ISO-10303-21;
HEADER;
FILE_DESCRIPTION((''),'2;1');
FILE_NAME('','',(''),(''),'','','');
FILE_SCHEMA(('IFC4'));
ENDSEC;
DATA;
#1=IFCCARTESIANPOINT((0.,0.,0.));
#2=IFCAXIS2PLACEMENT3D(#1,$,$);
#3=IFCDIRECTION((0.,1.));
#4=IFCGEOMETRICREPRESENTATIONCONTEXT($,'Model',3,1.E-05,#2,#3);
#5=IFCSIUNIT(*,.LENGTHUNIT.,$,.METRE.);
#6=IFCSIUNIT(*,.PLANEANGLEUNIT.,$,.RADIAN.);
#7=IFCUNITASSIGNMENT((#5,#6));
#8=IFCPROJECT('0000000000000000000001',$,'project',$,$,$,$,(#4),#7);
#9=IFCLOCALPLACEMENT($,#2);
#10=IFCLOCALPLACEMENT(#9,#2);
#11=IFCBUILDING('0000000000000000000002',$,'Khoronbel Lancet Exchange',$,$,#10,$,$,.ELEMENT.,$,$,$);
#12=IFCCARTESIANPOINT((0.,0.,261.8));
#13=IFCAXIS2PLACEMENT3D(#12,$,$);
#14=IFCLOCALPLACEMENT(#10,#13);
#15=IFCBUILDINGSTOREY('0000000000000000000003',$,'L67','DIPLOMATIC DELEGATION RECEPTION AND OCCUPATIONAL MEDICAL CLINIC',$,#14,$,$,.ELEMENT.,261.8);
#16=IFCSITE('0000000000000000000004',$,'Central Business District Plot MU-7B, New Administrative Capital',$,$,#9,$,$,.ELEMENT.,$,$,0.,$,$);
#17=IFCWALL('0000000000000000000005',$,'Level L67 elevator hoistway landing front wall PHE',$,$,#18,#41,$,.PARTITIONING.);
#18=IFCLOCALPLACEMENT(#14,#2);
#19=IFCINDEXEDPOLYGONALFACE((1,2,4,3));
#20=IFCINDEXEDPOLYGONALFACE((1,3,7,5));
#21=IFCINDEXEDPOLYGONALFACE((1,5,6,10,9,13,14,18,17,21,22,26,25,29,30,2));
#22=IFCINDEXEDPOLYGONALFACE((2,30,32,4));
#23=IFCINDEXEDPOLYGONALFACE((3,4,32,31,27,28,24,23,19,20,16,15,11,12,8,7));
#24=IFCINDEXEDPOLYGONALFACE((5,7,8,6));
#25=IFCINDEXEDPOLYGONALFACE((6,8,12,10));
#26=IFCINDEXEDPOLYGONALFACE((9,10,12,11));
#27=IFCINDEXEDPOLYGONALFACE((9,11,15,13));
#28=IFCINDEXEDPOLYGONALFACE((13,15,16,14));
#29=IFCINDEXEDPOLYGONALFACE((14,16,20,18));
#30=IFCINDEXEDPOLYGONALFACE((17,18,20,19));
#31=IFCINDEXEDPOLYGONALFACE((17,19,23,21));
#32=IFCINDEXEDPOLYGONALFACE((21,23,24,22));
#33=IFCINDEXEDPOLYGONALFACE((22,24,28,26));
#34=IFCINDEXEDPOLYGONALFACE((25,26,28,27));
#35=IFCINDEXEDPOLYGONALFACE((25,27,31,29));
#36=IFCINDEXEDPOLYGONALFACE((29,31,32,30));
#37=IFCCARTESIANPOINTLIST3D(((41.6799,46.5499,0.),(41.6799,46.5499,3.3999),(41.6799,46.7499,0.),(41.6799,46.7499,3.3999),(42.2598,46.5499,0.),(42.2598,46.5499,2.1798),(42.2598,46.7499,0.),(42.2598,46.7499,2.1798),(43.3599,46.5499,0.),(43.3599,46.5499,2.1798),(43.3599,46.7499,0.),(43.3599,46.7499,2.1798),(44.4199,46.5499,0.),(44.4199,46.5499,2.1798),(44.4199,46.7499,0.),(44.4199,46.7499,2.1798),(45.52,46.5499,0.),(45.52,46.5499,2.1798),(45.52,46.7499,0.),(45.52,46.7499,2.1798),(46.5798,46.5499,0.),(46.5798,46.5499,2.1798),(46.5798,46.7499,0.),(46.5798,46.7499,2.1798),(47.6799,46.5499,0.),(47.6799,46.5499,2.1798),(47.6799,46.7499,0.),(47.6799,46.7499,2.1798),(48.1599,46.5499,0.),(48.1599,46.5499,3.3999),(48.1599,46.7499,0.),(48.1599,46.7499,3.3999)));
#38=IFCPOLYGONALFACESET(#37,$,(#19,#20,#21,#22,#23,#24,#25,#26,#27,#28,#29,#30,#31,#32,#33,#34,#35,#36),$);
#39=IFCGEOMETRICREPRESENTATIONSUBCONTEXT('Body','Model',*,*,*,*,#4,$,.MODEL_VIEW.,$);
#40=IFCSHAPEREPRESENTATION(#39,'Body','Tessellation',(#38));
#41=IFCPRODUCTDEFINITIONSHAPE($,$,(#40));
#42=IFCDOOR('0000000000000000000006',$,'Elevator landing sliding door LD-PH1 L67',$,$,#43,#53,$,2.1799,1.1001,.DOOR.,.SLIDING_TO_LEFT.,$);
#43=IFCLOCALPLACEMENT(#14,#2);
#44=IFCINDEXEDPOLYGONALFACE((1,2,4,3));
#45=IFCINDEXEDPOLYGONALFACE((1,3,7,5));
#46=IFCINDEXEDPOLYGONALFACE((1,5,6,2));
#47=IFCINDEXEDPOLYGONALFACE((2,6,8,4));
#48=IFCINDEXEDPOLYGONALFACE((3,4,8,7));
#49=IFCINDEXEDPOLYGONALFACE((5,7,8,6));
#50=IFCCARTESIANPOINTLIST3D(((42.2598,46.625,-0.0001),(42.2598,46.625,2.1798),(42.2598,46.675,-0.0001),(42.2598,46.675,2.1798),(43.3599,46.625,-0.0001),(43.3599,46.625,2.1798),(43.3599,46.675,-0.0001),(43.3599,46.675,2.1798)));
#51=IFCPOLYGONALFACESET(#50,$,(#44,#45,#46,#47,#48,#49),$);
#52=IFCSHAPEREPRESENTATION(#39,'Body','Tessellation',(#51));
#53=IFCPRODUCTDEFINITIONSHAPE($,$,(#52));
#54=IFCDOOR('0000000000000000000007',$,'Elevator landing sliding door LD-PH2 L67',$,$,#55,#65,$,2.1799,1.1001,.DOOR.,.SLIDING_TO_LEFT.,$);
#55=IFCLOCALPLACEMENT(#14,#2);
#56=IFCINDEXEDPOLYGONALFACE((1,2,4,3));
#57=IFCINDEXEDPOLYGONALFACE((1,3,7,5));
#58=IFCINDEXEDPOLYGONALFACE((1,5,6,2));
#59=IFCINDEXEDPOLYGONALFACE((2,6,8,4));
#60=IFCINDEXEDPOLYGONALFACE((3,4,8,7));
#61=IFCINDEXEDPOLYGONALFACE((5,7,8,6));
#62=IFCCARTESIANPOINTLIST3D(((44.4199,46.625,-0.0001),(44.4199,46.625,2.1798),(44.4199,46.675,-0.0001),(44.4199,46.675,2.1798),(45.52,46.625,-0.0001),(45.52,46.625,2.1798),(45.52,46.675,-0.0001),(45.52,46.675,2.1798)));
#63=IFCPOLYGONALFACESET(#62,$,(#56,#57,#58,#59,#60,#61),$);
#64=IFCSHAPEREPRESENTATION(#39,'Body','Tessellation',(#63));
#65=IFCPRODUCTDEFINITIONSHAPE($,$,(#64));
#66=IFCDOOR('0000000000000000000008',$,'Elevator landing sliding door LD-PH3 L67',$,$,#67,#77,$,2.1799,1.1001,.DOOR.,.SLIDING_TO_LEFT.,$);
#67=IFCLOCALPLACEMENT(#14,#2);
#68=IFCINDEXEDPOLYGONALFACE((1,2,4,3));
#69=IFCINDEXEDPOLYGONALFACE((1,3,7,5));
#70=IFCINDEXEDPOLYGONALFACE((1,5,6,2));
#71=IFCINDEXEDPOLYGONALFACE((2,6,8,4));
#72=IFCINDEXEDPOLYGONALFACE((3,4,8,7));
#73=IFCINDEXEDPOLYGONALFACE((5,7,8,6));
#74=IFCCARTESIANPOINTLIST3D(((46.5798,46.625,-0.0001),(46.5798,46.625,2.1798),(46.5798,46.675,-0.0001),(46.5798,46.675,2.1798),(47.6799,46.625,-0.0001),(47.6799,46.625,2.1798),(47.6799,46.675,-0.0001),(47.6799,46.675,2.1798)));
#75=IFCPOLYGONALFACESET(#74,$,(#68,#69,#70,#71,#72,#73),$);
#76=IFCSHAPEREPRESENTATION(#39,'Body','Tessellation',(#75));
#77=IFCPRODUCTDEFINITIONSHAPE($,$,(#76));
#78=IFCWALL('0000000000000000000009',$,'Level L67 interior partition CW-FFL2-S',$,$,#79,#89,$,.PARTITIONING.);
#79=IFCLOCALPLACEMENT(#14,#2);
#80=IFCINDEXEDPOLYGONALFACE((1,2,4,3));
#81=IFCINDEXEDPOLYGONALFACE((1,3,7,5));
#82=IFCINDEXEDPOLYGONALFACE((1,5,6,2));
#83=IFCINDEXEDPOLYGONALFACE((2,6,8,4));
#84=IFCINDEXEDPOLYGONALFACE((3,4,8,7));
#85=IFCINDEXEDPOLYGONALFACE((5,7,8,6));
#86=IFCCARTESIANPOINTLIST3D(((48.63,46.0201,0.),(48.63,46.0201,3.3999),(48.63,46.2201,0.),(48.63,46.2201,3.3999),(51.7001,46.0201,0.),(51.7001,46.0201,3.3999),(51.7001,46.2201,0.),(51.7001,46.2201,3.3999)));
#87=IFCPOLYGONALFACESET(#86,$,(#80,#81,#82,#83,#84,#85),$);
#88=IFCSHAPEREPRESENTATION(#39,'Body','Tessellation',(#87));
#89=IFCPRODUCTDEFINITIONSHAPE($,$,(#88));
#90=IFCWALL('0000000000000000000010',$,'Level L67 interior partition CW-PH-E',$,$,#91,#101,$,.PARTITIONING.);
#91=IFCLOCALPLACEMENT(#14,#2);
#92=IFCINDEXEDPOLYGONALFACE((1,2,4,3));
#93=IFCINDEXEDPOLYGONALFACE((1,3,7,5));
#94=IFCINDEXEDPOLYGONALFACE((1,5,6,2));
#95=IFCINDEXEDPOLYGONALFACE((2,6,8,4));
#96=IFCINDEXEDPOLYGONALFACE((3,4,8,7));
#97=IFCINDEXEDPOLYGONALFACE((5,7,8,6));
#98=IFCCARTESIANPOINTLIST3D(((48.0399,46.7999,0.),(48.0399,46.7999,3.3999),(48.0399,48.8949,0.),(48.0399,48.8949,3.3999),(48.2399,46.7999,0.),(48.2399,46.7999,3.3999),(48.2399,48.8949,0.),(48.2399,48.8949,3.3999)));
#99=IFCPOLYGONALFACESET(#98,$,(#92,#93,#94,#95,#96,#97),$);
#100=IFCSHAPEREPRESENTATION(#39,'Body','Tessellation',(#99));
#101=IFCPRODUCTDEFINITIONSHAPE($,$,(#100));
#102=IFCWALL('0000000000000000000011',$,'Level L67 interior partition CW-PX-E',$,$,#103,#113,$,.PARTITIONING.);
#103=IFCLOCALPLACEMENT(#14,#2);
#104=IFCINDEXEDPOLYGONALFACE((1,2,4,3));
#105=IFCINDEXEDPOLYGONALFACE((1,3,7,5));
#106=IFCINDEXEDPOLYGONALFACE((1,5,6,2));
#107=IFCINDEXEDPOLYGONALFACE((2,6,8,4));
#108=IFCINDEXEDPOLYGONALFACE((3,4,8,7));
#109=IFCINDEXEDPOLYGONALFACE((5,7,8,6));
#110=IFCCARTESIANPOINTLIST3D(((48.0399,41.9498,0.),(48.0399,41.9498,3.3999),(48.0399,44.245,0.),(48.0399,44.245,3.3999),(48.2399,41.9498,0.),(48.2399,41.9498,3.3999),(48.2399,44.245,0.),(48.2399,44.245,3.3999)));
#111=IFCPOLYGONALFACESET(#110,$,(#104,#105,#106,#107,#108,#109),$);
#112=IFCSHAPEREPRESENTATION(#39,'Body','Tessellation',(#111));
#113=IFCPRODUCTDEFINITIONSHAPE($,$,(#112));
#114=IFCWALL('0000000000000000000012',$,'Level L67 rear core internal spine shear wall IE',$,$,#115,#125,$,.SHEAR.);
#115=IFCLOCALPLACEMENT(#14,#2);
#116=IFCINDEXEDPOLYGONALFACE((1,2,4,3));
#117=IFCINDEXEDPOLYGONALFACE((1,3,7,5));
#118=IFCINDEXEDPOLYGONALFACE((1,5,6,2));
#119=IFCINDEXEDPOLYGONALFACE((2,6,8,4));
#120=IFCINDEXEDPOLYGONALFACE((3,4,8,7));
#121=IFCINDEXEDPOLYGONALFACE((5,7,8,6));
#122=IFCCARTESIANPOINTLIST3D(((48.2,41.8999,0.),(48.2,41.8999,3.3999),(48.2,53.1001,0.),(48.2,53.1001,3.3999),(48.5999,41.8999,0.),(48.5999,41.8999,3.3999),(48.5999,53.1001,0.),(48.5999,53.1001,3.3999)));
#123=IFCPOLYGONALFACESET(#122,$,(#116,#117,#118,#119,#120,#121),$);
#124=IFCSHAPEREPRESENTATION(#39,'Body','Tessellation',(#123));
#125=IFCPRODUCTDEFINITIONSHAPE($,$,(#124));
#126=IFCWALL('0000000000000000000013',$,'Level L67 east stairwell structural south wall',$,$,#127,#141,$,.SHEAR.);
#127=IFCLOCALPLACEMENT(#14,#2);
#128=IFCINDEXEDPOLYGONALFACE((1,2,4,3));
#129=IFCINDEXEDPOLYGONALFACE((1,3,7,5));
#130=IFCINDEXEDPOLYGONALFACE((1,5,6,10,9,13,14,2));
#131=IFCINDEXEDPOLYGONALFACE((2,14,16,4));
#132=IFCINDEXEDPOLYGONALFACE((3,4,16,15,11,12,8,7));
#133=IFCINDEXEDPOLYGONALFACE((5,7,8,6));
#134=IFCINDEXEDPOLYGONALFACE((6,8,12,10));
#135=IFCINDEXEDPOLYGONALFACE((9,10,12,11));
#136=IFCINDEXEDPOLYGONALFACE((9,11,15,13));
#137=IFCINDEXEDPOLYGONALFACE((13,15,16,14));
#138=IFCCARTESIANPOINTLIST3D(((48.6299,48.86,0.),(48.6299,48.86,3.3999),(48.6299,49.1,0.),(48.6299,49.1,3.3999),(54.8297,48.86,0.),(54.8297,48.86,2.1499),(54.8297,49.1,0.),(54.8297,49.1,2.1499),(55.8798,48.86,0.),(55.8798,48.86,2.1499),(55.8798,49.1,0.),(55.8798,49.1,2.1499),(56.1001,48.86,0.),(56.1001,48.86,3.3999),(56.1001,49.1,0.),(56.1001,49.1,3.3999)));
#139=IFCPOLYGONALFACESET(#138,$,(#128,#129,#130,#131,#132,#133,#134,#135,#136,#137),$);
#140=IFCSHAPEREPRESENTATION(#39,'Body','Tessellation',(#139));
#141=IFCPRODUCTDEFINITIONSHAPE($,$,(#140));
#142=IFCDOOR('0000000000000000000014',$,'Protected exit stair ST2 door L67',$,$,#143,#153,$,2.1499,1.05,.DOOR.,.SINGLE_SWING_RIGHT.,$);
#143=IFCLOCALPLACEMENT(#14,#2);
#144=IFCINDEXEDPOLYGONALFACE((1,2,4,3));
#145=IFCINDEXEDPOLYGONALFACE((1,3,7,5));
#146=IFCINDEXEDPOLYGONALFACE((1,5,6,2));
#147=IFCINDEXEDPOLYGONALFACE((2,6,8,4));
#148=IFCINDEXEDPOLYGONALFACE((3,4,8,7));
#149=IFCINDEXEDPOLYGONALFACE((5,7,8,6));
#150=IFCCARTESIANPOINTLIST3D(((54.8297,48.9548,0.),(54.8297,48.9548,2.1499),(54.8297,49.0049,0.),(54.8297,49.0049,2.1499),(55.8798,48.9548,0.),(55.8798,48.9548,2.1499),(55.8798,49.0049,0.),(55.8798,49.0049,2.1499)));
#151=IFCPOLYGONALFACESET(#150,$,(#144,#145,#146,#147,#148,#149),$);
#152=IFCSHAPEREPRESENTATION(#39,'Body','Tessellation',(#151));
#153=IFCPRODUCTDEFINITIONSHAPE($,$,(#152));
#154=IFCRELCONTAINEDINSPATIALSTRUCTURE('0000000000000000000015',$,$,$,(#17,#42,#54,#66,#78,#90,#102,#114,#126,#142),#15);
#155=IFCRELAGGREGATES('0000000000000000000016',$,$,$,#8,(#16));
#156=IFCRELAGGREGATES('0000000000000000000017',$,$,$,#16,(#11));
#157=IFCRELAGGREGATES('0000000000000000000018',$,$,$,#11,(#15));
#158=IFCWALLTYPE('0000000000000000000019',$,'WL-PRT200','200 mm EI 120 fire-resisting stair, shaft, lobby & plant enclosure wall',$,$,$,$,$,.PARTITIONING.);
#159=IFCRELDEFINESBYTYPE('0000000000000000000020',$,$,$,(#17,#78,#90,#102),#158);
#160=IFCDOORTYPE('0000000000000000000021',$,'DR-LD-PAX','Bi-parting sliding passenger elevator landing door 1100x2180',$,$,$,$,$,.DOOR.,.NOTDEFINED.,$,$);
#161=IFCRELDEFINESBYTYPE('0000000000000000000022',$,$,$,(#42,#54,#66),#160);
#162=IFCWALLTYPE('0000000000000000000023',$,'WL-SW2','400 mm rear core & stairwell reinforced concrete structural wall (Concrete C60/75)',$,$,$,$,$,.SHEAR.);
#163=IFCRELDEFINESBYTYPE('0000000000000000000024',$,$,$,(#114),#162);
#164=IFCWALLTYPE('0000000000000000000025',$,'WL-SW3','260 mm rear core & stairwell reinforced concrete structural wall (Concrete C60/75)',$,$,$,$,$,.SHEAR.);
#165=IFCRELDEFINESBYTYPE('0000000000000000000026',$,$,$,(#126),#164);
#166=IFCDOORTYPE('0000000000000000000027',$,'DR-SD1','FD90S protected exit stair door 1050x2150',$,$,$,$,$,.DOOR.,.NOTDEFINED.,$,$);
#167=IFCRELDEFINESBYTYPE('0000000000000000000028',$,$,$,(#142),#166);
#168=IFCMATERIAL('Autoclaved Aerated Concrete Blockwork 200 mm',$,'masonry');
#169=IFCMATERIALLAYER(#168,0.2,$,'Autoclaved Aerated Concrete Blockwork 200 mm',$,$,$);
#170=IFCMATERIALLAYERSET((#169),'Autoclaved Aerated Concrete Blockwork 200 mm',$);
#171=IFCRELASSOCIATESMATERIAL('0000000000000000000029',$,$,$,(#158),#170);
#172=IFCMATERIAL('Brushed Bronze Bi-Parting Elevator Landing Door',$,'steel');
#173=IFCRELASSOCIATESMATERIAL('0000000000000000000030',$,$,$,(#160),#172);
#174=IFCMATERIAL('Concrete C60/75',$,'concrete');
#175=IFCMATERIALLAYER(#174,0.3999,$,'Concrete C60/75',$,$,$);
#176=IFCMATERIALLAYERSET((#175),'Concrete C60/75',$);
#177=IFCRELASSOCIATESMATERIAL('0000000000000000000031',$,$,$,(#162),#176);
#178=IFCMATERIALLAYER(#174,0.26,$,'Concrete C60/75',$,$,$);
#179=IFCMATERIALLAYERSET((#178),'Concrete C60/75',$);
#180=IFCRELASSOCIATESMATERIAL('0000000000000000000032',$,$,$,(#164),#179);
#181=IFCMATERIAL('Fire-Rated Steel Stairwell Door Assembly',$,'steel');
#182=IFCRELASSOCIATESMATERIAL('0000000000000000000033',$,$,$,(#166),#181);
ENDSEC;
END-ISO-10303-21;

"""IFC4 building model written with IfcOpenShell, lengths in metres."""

from ifc_helpers import new_model, si_unit, direction, frame, frame_2d, origin, place, context, subcontext, project, spatial, rectangle, extrude, material, layer, layer_set, type_object, element, fill, save


model = new_model("IFC4")

# Units and contexts
model_context = context("Model", 3, precision=1e-05, world=origin(), true_north=direction((0.0, 1.0)))
body_context = subcontext(model_context, "Body", "Model", "MODEL_VIEW")
ifc_project = project(units=[si_unit("LENGTHUNIT", "METRE"), si_unit("PLANEANGLEUNIT", "RADIAN")], contexts=[model_context])

# Site, building, storey
site_placement = place(None, origin())
site = spatial("IfcSite", under=ifc_project, at=site_placement, Name="Central Business District Plot MU-7B, New Administrative Capital", CompositionType="ELEMENT", RefElevation=0.0)
building_placement = place(site_placement, origin())
building = spatial("IfcBuilding", under=site, at=building_placement, Name="Khoronbel Lancet Exchange", CompositionType="ELEMENT")
storey_placement = place(building_placement, frame((0.0, 0.0, 261.8)))
storey = spatial("IfcBuildingStorey", under=building, at=storey_placement, Name="L67", Description="DIPLOMATIC DELEGATION RECEPTION AND OCCUPATIONAL MEDICAL CLINIC", CompositionType="ELEMENT", Elevation=261.8)

# Shared definitions
ifc_material_1 = material(Name="Autoclaved Aerated Concrete Blockwork 200 mm", Category="masonry")
ifc_layer_1 = layer(ifc_material_1, 0.2, Name="Autoclaved Aerated Concrete Blockwork 200 mm")
ifc_layer_set_1 = layer_set([ifc_layer_1], Name="Autoclaved Aerated Concrete Blockwork 200 mm")
wall_type_1 = type_object("IfcWallType", Name="WL-PRT200", Description="200 mm EI 120 fire-resisting stair, shaft, lobby & plant enclosure wall", PredefinedType="PARTITIONING", material=ifc_layer_set_1)

# Wall, openings, doors
wall_1_placement = place(storey_placement, frame((48.1599, 46.6499, 0.0), z_axis=(0.0, 0.0, 1.0), x_axis=(-1.0, 0.0, 0.0)))
wall_1 = element("IfcWall", 1, at=wall_1_placement, inside=storey, type_object=wall_type_1, Name="Level L67 elevator hoistway landing front wall PHE", PredefinedType="PARTITIONING", context=body_context, shape_type="SweptSolid", body=[
    extrude(rectangle(XDim=6.48, YDim=0.2, at=frame_2d((3.24, 0.0))), origin(), (0.0, 0.0, 1.0), 3.3999),
])
opening_1_placement = place(wall_1_placement, frame((4.8, 0.0, 0.0)))
opening_1 = element("IfcOpeningElement", 2, at=opening_1_placement, cuts=wall_1, PredefinedType="OPENING", context=body_context, shape_type="SweptSolid", body=[
    extrude(rectangle(XDim=1.1001, YDim=2.1799, at=frame_2d((0.55, 1.0898))), frame((0.0, 0.1099, 0.0), z_axis=(0.0, -1.0, 0.0), x_axis=(1.0, 0.0, 0.0)), (0.0, 0.0, 1.0), 0.22),
])
opening_2_placement = place(wall_1_placement, frame((2.6399, 0.0, 0.0)))
opening_2 = element("IfcOpeningElement", 3, at=opening_2_placement, cuts=wall_1, PredefinedType="OPENING", context=body_context, shape_type="SweptSolid", body=[
    extrude(rectangle(XDim=1.1001, YDim=2.1799, at=frame_2d((0.55, 1.0898))), frame((0.0, 0.1099, 0.0), z_axis=(0.0, -1.0, 0.0), x_axis=(1.0, 0.0, 0.0)), (0.0, 0.0, 1.0), 0.22),
])
opening_3_placement = place(wall_1_placement, frame((0.48, 0.0, 0.0)))
opening_3 = element("IfcOpeningElement", 4, at=opening_3_placement, cuts=wall_1, PredefinedType="OPENING", context=body_context, shape_type="SweptSolid", body=[
    extrude(rectangle(XDim=1.1001, YDim=2.1799, at=frame_2d((0.55, 1.0898))), frame((0.0, 0.1099, 0.0), z_axis=(0.0, -1.0, 0.0), x_axis=(1.0, 0.0, 0.0)), (0.0, 0.0, 1.0), 0.22),
])
ifc_material_2 = material(Name="Brushed Bronze Bi-Parting Elevator Landing Door", Category="steel")
door_type_1 = type_object("IfcDoorType", Name="DR-LD-PAX", Description="Bi-parting sliding passenger elevator landing door 1100x2180", OperationType="NOTDEFINED", PredefinedType="DOOR", material=ifc_material_2)
door_1_placement = place(opening_1_placement, origin())
door_1 = element("IfcDoor", 5, at=door_1_placement, inside=storey, type_object=door_type_1, Name="Elevator landing sliding door LD-PH1 L67", OperationType="SLIDING_TO_LEFT", OverallHeight=2.1799, OverallWidth=1.1001, PredefinedType="DOOR", context=body_context, shape_type="SweptSolid", body=[
    extrude(rectangle(XDim=1.1001, YDim=2.1799, at=frame_2d((0.55, 1.0898))), frame((0.0, 0.0249, 0.0), z_axis=(0.0, -1.0, 0.0), x_axis=(1.0, 0.0, 0.0)), (0.0, 0.0, 1.0), 0.05),
])
fill(opening_1, door_1)
door_2_placement = place(opening_2_placement, origin())
door_2 = element("IfcDoor", 6, at=door_2_placement, inside=storey, type_object=door_type_1, Name="Elevator landing sliding door LD-PH2 L67", OperationType="SLIDING_TO_LEFT", OverallHeight=2.1799, OverallWidth=1.1001, PredefinedType="DOOR", context=body_context, shape_type="SweptSolid", body=[
    extrude(rectangle(XDim=1.1001, YDim=2.1799, at=frame_2d((0.55, 1.0898))), frame((0.0, 0.0249, 0.0), z_axis=(0.0, -1.0, 0.0), x_axis=(1.0, 0.0, 0.0)), (0.0, 0.0, 1.0), 0.05),
])
fill(opening_2, door_2)
door_3_placement = place(opening_3_placement, origin())
door_3 = element("IfcDoor", 7, at=door_3_placement, inside=storey, type_object=door_type_1, Name="Elevator landing sliding door LD-PH3 L67", OperationType="SLIDING_TO_LEFT", OverallHeight=2.1799, OverallWidth=1.1001, PredefinedType="DOOR", context=body_context, shape_type="SweptSolid", body=[
    extrude(rectangle(XDim=1.1001, YDim=2.1799, at=frame_2d((0.55, 1.0898))), frame((0.0, 0.0249, 0.0), z_axis=(0.0, -1.0, 0.0), x_axis=(1.0, 0.0, 0.0)), (0.0, 0.0, 1.0), 0.05),
])
fill(opening_3, door_3)

# Walls
wall_2_placement = place(storey_placement, frame((48.6299, 46.1201, 0.0), z_axis=(0.0, 0.0, 1.0), x_axis=(1.0, 0.0, 0.0)))
element("IfcWall", 8, at=wall_2_placement, inside=storey, type_object=wall_type_1, Name="Level L67 interior partition CW-FFL2-S", PredefinedType="PARTITIONING", context=body_context, shape_type="SweptSolid", body=[
    extrude(rectangle(XDim=3.0701, YDim=0.2, at=frame_2d((1.5352, 0.0))), origin(), (0.0, 0.0, 1.0), 3.3999),
])
wall_3_placement = place(storey_placement, frame((48.1399, 46.8, 0.0), z_axis=(0.0, 0.0, 1.0), x_axis=(0.0, 1.0, 0.0)))
element("IfcWall", 9, at=wall_3_placement, inside=storey, type_object=wall_type_1, Name="Level L67 interior partition CW-PH-E", PredefinedType="PARTITIONING", context=body_context, shape_type="SweptSolid", body=[
    extrude(rectangle(XDim=2.095, YDim=0.2, at=frame_2d((1.0474, 0.0))), origin(), (0.0, 0.0, 1.0), 3.3999),
])
wall_4_placement = place(storey_placement, frame((48.1399, 41.95, 0.0), z_axis=(0.0, 0.0, 1.0), x_axis=(0.0, 1.0, 0.0)))
element("IfcWall", 10, at=wall_4_placement, inside=storey, type_object=wall_type_1, Name="Level L67 interior partition CW-PX-E", PredefinedType="PARTITIONING", context=body_context, shape_type="SweptSolid", body=[
    extrude(rectangle(XDim=2.2952, YDim=0.2, at=frame_2d((1.1475, 0.0))), origin(), (0.0, 0.0, 1.0), 3.3999),
])
ifc_material_3 = material(Name="Concrete C60/75", Category="concrete")
ifc_layer_2 = layer(ifc_material_3, 0.3999, Name="Concrete C60/75")
ifc_layer_set_2 = layer_set([ifc_layer_2], Name="Concrete C60/75")
wall_type_2 = type_object("IfcWallType", Name="WL-SW2", Description="400 mm rear core & stairwell reinforced concrete structural wall (Concrete C60/75)", PredefinedType="SHEAR", material=ifc_layer_set_2)
wall_5_placement = place(storey_placement, frame((48.3999, 41.8999, 0.0), z_axis=(0.0, 0.0, 1.0), x_axis=(0.0, 1.0, 0.0)))
element("IfcWall", 11, at=wall_5_placement, inside=storey, type_object=wall_type_2, Name="Level L67 rear core internal spine shear wall IE", PredefinedType="SHEAR", context=body_context, shape_type="SweptSolid", body=[
    extrude(rectangle(XDim=11.2002, YDim=0.3999, at=frame_2d((5.6001, 0.0))), origin(), (0.0, 0.0, 1.0), 3.3999),
])

# Wall, opening, door
ifc_layer_3 = layer(ifc_material_3, 0.26, Name="Concrete C60/75")
ifc_layer_set_3 = layer_set([ifc_layer_3], Name="Concrete C60/75")
wall_type_3 = type_object("IfcWallType", Name="WL-SW3", Description="260 mm rear core & stairwell reinforced concrete structural wall (Concrete C60/75)", PredefinedType="SHEAR", material=ifc_layer_set_3)
wall_6_placement = place(storey_placement, frame((48.6299, 48.98, 0.0), z_axis=(0.0, 0.0, 1.0), x_axis=(1.0, 0.0, 0.0)))
wall_6 = element("IfcWall", 12, at=wall_6_placement, inside=storey, type_object=wall_type_3, Name="Level L67 east stairwell structural south wall", PredefinedType="SHEAR", context=body_context, shape_type="SweptSolid", body=[
    extrude(rectangle(XDim=7.4702, YDim=0.24, at=frame_2d((3.7351, 0.0))), origin(), (0.0, 0.0, 1.0), 3.3999),
])
opening_4_placement = place(wall_6_placement, frame((6.2, 0.0, 0.0)))
opening_4 = element("IfcOpeningElement", 13, at=opening_4_placement, cuts=wall_6, PredefinedType="OPENING", context=body_context, shape_type="SweptSolid", body=[
    extrude(rectangle(XDim=1.05, YDim=2.1499, at=frame_2d((0.5249, 1.075))), frame((0.0, 0.1299, 0.0), z_axis=(0.0, -1.0, 0.0), x_axis=(1.0, 0.0, 0.0)), (0.0, 0.0, 1.0), 0.26),
])
ifc_material_4 = material(Name="Fire-Rated Steel Stairwell Door Assembly", Category="steel")
door_type_2 = type_object("IfcDoorType", Name="DR-SD1", Description="FD90S protected exit stair door 1050x2150", OperationType="NOTDEFINED", PredefinedType="DOOR", material=ifc_material_4)
door_4_placement = place(opening_4_placement, origin())
door_4 = element("IfcDoor", 14, at=door_4_placement, inside=storey, type_object=door_type_2, Name="Protected exit stair ST2 door L67", OperationType="SINGLE_SWING_RIGHT", OverallHeight=2.1499, OverallWidth=1.05, PredefinedType="DOOR", context=body_context, shape_type="SweptSolid", body=[
    extrude(rectangle(XDim=1.05, YDim=2.1499, at=frame_2d((0.5249, 1.075))), frame((0.0, 0.0249, 0.0), z_axis=(0.0, -1.0, 0.0), x_axis=(1.0, 0.0, 0.0)), (0.0, 0.0, 1.0), 0.05),
])
fill(opening_4, door_4)

save(model, "model.ifc")
